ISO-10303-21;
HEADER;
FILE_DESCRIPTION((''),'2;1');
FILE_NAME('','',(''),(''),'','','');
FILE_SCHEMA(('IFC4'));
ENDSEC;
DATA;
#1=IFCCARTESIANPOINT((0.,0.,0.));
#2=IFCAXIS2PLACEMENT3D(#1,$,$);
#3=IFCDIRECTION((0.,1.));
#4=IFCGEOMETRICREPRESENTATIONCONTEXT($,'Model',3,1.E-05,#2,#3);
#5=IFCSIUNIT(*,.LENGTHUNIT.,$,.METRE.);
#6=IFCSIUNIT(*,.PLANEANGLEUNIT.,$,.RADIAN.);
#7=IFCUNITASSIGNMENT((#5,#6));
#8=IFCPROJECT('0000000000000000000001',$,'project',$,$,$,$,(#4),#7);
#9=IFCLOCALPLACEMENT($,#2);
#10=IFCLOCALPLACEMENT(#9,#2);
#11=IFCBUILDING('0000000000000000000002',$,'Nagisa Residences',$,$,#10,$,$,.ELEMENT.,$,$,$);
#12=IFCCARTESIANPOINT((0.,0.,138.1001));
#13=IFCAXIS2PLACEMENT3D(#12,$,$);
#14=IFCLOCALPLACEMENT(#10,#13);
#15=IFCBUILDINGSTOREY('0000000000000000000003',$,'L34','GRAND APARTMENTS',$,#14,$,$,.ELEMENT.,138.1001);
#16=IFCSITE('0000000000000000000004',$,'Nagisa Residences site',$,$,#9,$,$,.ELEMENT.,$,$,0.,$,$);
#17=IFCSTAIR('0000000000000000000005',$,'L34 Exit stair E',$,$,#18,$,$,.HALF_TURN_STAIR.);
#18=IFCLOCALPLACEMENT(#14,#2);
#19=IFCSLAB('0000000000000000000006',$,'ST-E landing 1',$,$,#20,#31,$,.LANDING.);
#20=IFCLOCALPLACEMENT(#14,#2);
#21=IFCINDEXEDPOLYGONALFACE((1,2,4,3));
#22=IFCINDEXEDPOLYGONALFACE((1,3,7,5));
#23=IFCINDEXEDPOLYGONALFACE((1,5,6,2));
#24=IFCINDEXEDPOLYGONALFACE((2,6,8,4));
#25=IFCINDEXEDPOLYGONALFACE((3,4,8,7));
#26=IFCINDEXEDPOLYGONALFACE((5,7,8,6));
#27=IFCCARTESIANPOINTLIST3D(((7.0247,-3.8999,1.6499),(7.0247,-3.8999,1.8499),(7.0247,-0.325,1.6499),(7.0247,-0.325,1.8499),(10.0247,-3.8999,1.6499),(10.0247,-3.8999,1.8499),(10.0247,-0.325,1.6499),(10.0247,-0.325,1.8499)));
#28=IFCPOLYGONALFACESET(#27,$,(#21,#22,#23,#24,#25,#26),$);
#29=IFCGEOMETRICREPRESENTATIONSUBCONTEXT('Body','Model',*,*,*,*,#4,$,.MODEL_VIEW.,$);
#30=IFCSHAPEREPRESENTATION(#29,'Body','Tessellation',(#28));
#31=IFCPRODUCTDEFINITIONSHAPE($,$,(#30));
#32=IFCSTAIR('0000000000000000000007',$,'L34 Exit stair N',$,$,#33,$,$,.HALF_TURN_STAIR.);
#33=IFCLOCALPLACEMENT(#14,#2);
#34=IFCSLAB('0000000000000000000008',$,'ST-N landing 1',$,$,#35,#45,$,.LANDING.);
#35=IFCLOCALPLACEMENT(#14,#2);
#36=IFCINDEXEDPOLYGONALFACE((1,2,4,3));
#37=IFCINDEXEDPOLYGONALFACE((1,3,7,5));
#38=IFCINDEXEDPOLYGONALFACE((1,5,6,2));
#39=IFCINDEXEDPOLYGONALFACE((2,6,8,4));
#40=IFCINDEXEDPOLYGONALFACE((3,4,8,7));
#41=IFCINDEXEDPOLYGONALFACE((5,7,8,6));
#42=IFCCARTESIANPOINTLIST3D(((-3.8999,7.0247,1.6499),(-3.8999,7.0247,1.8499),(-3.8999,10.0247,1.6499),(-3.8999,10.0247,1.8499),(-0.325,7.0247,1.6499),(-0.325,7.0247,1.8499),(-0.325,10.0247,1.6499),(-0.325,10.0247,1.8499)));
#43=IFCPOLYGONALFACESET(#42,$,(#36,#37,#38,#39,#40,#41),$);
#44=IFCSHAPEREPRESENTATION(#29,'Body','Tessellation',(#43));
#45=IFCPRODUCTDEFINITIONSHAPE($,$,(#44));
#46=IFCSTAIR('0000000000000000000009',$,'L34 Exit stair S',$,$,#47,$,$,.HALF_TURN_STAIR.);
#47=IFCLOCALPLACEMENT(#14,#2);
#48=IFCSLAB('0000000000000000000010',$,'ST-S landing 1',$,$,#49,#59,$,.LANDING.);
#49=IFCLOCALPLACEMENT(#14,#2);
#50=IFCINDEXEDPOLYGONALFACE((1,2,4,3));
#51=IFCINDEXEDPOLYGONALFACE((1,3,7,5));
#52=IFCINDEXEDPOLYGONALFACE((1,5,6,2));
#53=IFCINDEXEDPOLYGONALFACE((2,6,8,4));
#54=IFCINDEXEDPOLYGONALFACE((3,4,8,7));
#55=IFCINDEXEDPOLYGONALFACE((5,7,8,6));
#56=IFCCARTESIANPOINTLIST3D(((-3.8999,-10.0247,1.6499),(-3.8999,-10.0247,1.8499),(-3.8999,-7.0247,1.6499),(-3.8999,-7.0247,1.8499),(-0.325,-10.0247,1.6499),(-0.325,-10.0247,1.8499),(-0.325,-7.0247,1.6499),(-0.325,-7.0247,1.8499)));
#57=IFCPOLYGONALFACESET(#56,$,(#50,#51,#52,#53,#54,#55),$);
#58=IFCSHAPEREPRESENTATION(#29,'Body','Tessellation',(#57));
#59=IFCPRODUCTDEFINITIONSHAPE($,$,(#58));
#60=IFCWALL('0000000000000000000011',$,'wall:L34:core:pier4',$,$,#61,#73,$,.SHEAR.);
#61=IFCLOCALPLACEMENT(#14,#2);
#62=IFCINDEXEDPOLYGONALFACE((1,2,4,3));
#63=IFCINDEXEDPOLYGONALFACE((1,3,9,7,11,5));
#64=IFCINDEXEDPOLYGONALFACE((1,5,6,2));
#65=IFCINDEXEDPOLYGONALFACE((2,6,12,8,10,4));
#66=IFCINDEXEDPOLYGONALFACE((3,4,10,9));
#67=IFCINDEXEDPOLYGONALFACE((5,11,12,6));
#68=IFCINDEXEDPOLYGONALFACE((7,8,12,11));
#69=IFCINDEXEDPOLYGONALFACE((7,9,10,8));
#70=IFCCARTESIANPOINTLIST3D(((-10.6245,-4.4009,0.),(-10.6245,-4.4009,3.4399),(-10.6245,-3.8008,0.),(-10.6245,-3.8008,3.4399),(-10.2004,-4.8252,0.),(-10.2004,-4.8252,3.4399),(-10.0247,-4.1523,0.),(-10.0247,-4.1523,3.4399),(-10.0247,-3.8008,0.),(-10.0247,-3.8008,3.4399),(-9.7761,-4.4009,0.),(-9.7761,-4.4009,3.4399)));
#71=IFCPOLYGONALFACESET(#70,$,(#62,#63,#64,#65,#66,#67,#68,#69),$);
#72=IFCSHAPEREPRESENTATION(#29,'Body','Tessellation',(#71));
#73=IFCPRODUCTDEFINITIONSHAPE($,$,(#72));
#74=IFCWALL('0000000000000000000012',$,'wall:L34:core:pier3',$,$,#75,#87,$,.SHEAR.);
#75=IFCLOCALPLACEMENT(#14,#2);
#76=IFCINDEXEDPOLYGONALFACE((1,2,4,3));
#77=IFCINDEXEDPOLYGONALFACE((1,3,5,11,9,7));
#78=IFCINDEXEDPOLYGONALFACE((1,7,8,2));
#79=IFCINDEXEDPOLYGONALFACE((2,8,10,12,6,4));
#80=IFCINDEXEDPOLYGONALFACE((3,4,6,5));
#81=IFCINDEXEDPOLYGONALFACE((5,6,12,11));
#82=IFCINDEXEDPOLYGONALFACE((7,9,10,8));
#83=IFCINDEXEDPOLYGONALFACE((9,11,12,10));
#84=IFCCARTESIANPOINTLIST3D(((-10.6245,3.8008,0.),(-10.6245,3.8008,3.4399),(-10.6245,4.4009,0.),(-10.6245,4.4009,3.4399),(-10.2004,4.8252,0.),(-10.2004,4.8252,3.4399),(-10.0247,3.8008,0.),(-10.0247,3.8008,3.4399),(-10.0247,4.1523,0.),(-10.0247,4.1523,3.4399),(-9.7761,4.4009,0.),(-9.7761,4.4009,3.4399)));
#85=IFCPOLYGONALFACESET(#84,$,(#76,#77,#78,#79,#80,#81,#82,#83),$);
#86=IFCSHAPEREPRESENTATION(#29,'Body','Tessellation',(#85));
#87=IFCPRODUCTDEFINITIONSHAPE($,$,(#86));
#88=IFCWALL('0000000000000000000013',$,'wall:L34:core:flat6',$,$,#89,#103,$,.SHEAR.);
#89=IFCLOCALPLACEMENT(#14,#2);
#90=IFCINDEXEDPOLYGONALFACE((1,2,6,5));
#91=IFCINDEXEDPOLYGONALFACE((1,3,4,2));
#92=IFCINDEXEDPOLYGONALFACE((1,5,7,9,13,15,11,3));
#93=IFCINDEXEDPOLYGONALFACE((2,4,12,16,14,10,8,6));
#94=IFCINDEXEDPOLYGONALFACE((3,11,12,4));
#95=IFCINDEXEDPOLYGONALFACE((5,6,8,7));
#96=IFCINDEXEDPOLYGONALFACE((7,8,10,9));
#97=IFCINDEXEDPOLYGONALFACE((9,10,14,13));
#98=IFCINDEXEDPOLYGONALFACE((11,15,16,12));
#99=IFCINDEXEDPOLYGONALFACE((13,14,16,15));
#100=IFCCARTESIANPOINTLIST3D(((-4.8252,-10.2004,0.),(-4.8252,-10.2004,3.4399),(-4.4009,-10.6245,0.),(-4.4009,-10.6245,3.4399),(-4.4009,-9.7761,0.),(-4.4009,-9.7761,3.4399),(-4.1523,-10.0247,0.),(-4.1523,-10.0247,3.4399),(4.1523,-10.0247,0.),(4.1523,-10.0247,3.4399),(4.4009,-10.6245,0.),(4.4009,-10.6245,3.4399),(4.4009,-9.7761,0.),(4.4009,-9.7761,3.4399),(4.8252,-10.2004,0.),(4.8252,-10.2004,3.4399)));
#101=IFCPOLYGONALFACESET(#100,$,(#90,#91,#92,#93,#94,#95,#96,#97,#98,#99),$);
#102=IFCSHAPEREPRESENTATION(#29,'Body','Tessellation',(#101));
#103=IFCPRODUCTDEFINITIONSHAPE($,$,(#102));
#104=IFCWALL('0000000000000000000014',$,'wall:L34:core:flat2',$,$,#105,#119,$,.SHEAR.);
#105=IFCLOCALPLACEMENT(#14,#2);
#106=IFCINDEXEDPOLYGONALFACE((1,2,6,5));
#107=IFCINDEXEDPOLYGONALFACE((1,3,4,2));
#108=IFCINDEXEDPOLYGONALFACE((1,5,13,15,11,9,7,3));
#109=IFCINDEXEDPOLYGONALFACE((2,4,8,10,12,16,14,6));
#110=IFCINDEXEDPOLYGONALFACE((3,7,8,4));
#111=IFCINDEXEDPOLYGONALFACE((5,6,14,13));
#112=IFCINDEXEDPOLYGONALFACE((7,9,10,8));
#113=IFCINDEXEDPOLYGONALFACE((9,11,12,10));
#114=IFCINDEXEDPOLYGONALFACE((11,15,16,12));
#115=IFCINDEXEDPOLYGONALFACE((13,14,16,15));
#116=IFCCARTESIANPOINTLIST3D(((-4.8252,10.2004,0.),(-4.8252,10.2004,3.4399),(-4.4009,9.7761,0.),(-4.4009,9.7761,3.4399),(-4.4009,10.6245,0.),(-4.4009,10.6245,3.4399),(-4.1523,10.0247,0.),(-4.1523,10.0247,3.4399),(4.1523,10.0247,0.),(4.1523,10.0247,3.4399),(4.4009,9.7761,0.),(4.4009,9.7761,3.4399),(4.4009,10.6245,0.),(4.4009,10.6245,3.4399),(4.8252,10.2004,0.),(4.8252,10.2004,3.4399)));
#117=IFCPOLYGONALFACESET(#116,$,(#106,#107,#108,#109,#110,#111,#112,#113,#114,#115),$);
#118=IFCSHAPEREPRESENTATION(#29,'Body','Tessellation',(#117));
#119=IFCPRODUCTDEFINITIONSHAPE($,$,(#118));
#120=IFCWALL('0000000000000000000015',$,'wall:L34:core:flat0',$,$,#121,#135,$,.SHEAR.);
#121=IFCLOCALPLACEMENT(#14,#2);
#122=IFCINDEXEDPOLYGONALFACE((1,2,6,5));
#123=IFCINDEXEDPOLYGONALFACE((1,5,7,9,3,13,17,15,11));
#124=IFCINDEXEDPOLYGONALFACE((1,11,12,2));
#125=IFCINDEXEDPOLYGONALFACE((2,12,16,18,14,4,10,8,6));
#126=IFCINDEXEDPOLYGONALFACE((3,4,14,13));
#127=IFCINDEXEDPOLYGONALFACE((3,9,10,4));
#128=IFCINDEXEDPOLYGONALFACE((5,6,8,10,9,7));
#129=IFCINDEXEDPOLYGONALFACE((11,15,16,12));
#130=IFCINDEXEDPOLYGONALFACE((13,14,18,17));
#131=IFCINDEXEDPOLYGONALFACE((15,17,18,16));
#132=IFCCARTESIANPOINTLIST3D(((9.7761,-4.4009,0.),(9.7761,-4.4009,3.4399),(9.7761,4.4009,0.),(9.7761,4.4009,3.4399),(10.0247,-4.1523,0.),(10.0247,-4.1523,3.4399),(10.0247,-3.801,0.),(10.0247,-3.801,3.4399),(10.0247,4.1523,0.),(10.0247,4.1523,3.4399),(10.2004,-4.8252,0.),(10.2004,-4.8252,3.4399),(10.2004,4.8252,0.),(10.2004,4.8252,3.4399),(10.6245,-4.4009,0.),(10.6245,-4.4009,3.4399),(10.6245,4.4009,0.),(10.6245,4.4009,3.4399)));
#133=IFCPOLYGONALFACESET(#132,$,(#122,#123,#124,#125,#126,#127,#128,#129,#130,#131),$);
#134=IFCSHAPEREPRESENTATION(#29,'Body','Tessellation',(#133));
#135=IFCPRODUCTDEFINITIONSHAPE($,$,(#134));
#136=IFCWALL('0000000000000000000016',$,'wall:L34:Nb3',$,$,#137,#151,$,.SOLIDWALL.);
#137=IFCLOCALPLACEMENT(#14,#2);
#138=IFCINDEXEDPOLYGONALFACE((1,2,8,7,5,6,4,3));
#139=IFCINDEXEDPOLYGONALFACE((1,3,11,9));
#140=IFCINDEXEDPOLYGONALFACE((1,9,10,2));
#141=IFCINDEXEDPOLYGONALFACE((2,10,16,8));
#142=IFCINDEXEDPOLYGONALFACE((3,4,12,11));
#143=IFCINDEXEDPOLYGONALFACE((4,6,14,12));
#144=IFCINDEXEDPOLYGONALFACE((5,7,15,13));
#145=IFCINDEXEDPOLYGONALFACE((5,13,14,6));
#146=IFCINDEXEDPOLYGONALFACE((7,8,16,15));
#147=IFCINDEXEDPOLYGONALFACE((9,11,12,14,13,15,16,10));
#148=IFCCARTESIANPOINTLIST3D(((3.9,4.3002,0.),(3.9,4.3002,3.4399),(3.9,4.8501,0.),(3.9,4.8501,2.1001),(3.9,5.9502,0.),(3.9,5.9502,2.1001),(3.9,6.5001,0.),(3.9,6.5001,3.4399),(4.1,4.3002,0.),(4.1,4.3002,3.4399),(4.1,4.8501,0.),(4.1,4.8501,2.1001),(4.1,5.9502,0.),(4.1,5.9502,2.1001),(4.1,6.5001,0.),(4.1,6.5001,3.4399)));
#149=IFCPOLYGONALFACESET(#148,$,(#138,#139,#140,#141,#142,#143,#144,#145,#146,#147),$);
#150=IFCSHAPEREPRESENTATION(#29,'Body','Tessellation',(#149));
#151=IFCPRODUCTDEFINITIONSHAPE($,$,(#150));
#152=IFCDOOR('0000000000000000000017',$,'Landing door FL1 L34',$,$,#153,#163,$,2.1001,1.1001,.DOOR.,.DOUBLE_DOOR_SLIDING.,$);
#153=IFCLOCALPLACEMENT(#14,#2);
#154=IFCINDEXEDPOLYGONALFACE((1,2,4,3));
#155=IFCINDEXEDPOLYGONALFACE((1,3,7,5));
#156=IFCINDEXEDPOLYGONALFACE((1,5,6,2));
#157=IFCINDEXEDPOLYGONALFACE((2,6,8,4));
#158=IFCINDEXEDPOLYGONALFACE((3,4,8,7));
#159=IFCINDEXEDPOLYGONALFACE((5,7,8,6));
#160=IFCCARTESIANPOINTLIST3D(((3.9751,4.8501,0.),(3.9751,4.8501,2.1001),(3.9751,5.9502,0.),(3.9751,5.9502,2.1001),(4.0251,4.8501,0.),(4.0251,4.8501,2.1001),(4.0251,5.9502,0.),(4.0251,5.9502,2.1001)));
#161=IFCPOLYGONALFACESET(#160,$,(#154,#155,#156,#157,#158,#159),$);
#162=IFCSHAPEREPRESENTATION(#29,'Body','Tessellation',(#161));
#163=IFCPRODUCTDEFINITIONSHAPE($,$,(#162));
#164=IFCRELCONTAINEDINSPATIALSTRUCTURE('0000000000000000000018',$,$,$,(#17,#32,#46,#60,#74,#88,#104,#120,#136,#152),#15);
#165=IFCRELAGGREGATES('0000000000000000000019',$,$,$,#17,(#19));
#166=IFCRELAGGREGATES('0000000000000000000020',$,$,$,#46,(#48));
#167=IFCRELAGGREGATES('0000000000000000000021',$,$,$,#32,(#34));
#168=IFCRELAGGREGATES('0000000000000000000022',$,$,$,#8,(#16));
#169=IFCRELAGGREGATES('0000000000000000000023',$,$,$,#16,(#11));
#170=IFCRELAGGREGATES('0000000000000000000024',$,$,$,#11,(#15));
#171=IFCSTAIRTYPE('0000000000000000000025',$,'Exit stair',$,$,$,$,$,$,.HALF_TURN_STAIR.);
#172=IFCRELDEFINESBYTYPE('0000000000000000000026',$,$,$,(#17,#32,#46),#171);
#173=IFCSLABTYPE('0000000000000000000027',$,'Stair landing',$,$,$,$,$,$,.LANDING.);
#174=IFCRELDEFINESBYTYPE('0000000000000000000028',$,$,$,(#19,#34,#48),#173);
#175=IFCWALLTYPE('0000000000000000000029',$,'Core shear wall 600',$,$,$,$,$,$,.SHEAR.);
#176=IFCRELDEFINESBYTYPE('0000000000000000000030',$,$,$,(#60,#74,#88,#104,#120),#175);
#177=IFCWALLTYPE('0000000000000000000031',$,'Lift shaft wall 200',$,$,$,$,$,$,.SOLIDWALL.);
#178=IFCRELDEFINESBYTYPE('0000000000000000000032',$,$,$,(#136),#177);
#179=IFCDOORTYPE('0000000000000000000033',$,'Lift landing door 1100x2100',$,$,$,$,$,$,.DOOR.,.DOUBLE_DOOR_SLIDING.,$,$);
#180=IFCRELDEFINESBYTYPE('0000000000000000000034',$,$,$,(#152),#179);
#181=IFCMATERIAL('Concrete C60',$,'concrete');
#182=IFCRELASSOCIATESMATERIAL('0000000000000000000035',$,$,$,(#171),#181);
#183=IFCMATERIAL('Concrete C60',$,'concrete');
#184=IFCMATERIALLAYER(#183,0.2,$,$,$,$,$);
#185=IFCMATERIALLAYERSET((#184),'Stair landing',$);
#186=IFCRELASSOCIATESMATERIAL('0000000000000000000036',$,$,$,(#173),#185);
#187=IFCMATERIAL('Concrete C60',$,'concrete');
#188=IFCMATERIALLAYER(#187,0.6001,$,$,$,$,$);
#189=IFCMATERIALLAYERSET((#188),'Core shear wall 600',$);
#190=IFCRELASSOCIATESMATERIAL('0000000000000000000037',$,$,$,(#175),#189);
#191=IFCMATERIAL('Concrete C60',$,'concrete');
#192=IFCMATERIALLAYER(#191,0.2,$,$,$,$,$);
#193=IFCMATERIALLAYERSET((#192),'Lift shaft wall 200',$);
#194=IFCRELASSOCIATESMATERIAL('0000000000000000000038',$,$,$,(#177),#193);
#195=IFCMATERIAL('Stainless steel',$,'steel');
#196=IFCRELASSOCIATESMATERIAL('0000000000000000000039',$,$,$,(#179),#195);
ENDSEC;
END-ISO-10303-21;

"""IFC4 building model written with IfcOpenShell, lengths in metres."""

from ifc_helpers import new_model, si_unit, direction, frame, frame_2d, origin, place, context, subcontext, project, spatial, polyline, rectangle, outline, extrude, material, layer, layer_set, type_object, element, fill, aggregate, save


model = new_model("IFC4")

# Units and contexts
model_context = context("Model", 3, precision=1e-05, world=origin(), true_north=direction((0.0, 1.0)))
body_context = subcontext(model_context, "Body", "Model", "MODEL_VIEW")
ifc_project = project(units=[si_unit("LENGTHUNIT", "METRE"), si_unit("PLANEANGLEUNIT", "RADIAN")], contexts=[model_context])

# Site, building, storey
site_placement = place(None, origin())
site = spatial("IfcSite", under=ifc_project, at=site_placement, Name="Nagisa Residences site", CompositionType="ELEMENT", RefElevation=0.0)
building_placement = place(site_placement, origin())
building = spatial("IfcBuilding", under=site, at=building_placement, Name="Nagisa Residences", CompositionType="ELEMENT")
storey_placement = place(building_placement, frame((0.0, 0.0, 138.1001)))
storey = spatial("IfcBuildingStorey", under=building, at=storey_placement, Name="L34", Description="GRAND APARTMENTS", CompositionType="ELEMENT", Elevation=138.1001)

# Stairs, slabs
ifc_material_1 = material(Name="Concrete C60", Category="concrete")
stair_type = type_object("IfcStairType", Name="Exit stair", PredefinedType="HALF_TURN_STAIR", material=ifc_material_1)
stair_1_placement = place(storey_placement, origin())
stair_1 = element("IfcStair", 1, at=stair_1_placement, inside=storey, type_object=stair_type, Name="L34 Exit stair E", PredefinedType="HALF_TURN_STAIR")
ifc_material_2 = material(Name="Concrete C60", Category="concrete")
ifc_layer_1 = layer(ifc_material_2, 0.2)
ifc_layer_set_1 = layer_set([ifc_layer_1], Name="Stair landing")
slab_type = type_object("IfcSlabType", Name="Stair landing", PredefinedType="LANDING", material=ifc_layer_set_1)
slab_1_placement = place(storey_placement, frame((0.0, 0.0, 1.6499)))
slab_1 = element("IfcSlab", 2, at=slab_1_placement, type_object=slab_type, Name="ST-E landing 1", PredefinedType="LANDING", context=body_context, shape_type="SweptSolid", body=[
    extrude(outline(polyline([(7.0247, -0.325), (7.0247, -3.8999), (10.0247, -3.8999), (10.0247, -0.325), (7.0247, -0.325)])), origin(), (0.0, 0.0, 1.0), 0.2),
])
aggregate(stair_1, [slab_1])
stair_2_placement = place(storey_placement, origin())
stair_2 = element("IfcStair", 3, at=stair_2_placement, inside=storey, type_object=stair_type, Name="L34 Exit stair N", PredefinedType="HALF_TURN_STAIR")
slab_2_placement = place(storey_placement, frame((0.0, 0.0, 1.6499)))
slab_2 = element("IfcSlab", 4, at=slab_2_placement, type_object=slab_type, Name="ST-N landing 1", PredefinedType="LANDING", context=body_context, shape_type="SweptSolid", body=[
    extrude(outline(polyline([(-0.325, 10.0247), (-3.8999, 10.0247), (-3.8999, 7.0247), (-0.325, 7.0247), (-0.325, 10.0247)])), origin(), (0.0, 0.0, 1.0), 0.2),
])
stair_3_placement = place(storey_placement, origin())
stair_3 = element("IfcStair", 5, at=stair_3_placement, inside=storey, type_object=stair_type, Name="L34 Exit stair S", PredefinedType="HALF_TURN_STAIR")
slab_3_placement = place(storey_placement, frame((0.0, 0.0, 1.6499)))
slab_3 = element("IfcSlab", 6, at=slab_3_placement, type_object=slab_type, Name="ST-S landing 1", PredefinedType="LANDING", context=body_context, shape_type="SweptSolid", body=[
    extrude(outline(polyline([(-0.325, -7.0247), (-3.8999, -7.0247), (-3.8999, -10.0247), (-0.325, -10.0247), (-0.325, -7.0247)])), origin(), (0.0, 0.0, 1.0), 0.2),
])
aggregate(stair_3, [slab_3])

# Walls
ifc_material_3 = material(Name="Concrete C60", Category="concrete")
ifc_layer_2 = layer(ifc_material_3, 0.6001)
ifc_layer_set_2 = layer_set([ifc_layer_2], Name="Core shear wall 600")
wall_type_1 = type_object("IfcWallType", Name="Core shear wall 600", PredefinedType="SHEAR", material=ifc_layer_set_2)
wall_1_placement = place(storey_placement, origin())
element("IfcWall", 7, at=wall_1_placement, inside=storey, type_object=wall_type_1, Name="wall:L34:core:pier4", PredefinedType="SHEAR", context=body_context, shape_type="SweptSolid", body=[
    extrude(outline(polyline([(-10.6245, -3.8008), (-10.0247, -3.8008), (-10.0247, -4.1523), (-9.7761, -4.4009), (-10.2004, -4.8252), (-10.6245, -4.4009), (-10.6245, -3.8008)])), origin(), (0.0, 0.0, 1.0), 3.4399),
])
wall_2_placement = place(storey_placement, origin())
element("IfcWall", 8, at=wall_2_placement, inside=storey, type_object=wall_type_1, Name="wall:L34:core:pier3", PredefinedType="SHEAR", context=body_context, shape_type="SweptSolid", body=[
    extrude(outline(polyline([(-10.2004, 4.8252), (-9.7761, 4.4009), (-10.0247, 4.1523), (-10.0247, 3.8008), (-10.6245, 3.8008), (-10.6245, 4.4009), (-10.2004, 4.8252)])), origin(), (0.0, 0.0, 1.0), 3.4399),
])
wall_3_placement = place(storey_placement, origin())
element("IfcWall", 9, at=wall_3_placement, inside=storey, type_object=wall_type_1, Name="wall:L34:core:flat6", PredefinedType="SHEAR", context=body_context, shape_type="SweptSolid", body=[
    extrude(outline(polyline([(-4.1523, -10.0247), (4.1523, -10.0247), (4.4009, -9.7761), (4.8252, -10.2004), (4.4009, -10.6245), (-4.4009, -10.6245), (-4.8252, -10.2004), (-4.4009, -9.7761), (-4.1523, -10.0247)])), origin(), (0.0, 0.0, 1.0), 3.4399),
])
wall_4_placement = place(storey_placement, origin())
element("IfcWall", 10, at=wall_4_placement, inside=storey, type_object=wall_type_1, Name="wall:L34:core:flat2", PredefinedType="SHEAR", context=body_context, shape_type="SweptSolid", body=[
    extrude(outline(polyline([(-4.1523, 10.0247), (-4.4009, 9.7761), (-4.8252, 10.2004), (-4.4009, 10.6245), (4.4009, 10.6245), (4.8252, 10.2004), (4.4009, 9.7761), (4.1523, 10.0247), (-4.1523, 10.0247)])), origin(), (0.0, 0.0, 1.0), 3.4399),
])
wall_5_placement = place(storey_placement, origin())
element("IfcWall", 11, at=wall_5_placement, inside=storey, type_object=wall_type_1, Name="wall:L34:core:flat0", PredefinedType="SHEAR", context=body_context, shape_type="SweptSolid", body=[
    extrude(outline(polyline([(9.7761, -4.4009), (10.0247, -4.1523), (10.0247, -3.801), (10.0247, 4.1523), (9.7761, 4.4009), (10.2004, 4.8252), (10.6245, 4.4009), (10.6245, -4.4009), (10.2004, -4.8252), (9.7761, -4.4009)])), origin(), (0.0, 0.0, 1.0), 3.4399),
])

# Wall, opening, door
ifc_material_4 = material(Name="Concrete C60", Category="concrete")
ifc_layer_3 = layer(ifc_material_4, 0.2)
ifc_layer_set_3 = layer_set([ifc_layer_3], Name="Lift shaft wall 200")
wall_type_2 = type_object("IfcWallType", Name="Lift shaft wall 200", PredefinedType="SOLIDWALL", material=ifc_layer_set_3)
wall_6_placement = place(storey_placement, frame((4.0, 4.3, 0.0), z_axis=(0.0, 0.0, 1.0), x_axis=(0.0, 1.0, 0.0)))
wall_6 = element("IfcWall", 12, at=wall_6_placement, inside=storey, type_object=wall_type_2, Name="wall:L34:Nb3", PredefinedType="SOLIDWALL", context=body_context, shape_type="SweptSolid", body=[
    extrude(rectangle(XDim=2.2, YDim=0.2, at=frame_2d((1.1001, 0.0))), origin(), (0.0, 0.0, 1.0), 3.4399),
])
opening_1_placement = place(wall_6_placement, frame((0.55, 0.0, 0.0)))
opening_1 = element("IfcOpeningElement", 13, at=opening_1_placement, cuts=wall_6, PredefinedType="OPENING", context=body_context, shape_type="SweptSolid", body=[
    extrude(rectangle(XDim=1.1001, YDim=2.1001, at=frame_2d((0.55, 1.05))), frame((0.0, 0.1099, 0.0), z_axis=(0.0, -1.0, 0.0), x_axis=(1.0, 0.0, 0.0)), (0.0, 0.0, 1.0), 0.22),
])
ifc_material_5 = material(Name="Stainless steel", Category="steel")
door_type_1 = type_object("IfcDoorType", Name="Lift landing door 1100x2100", OperationType="DOUBLE_DOOR_SLIDING", PredefinedType="DOOR", material=ifc_material_5)
door_1_placement = place(opening_1_placement, origin())
door_1 = element("IfcDoor", 14, at=door_1_placement, inside=storey, type_object=door_type_1, Name="Landing door FL1 L34", OperationType="DOUBLE_DOOR_SLIDING", OverallHeight=2.1001, OverallWidth=1.1001, PredefinedType="DOOR", context=body_context, shape_type="SweptSolid", body=[
    extrude(rectangle(XDim=1.1001, YDim=2.1001, at=frame_2d((0.55, 1.05))), frame((0.0, 0.0249, 0.0), z_axis=(0.0, -1.0, 0.0), x_axis=(1.0, 0.0, 0.0)), (0.0, 0.0, 1.0), 0.05),
])
fill(opening_1, door_1)

aggregate(stair_2, [slab_2])

save(model, "model.ifc")
